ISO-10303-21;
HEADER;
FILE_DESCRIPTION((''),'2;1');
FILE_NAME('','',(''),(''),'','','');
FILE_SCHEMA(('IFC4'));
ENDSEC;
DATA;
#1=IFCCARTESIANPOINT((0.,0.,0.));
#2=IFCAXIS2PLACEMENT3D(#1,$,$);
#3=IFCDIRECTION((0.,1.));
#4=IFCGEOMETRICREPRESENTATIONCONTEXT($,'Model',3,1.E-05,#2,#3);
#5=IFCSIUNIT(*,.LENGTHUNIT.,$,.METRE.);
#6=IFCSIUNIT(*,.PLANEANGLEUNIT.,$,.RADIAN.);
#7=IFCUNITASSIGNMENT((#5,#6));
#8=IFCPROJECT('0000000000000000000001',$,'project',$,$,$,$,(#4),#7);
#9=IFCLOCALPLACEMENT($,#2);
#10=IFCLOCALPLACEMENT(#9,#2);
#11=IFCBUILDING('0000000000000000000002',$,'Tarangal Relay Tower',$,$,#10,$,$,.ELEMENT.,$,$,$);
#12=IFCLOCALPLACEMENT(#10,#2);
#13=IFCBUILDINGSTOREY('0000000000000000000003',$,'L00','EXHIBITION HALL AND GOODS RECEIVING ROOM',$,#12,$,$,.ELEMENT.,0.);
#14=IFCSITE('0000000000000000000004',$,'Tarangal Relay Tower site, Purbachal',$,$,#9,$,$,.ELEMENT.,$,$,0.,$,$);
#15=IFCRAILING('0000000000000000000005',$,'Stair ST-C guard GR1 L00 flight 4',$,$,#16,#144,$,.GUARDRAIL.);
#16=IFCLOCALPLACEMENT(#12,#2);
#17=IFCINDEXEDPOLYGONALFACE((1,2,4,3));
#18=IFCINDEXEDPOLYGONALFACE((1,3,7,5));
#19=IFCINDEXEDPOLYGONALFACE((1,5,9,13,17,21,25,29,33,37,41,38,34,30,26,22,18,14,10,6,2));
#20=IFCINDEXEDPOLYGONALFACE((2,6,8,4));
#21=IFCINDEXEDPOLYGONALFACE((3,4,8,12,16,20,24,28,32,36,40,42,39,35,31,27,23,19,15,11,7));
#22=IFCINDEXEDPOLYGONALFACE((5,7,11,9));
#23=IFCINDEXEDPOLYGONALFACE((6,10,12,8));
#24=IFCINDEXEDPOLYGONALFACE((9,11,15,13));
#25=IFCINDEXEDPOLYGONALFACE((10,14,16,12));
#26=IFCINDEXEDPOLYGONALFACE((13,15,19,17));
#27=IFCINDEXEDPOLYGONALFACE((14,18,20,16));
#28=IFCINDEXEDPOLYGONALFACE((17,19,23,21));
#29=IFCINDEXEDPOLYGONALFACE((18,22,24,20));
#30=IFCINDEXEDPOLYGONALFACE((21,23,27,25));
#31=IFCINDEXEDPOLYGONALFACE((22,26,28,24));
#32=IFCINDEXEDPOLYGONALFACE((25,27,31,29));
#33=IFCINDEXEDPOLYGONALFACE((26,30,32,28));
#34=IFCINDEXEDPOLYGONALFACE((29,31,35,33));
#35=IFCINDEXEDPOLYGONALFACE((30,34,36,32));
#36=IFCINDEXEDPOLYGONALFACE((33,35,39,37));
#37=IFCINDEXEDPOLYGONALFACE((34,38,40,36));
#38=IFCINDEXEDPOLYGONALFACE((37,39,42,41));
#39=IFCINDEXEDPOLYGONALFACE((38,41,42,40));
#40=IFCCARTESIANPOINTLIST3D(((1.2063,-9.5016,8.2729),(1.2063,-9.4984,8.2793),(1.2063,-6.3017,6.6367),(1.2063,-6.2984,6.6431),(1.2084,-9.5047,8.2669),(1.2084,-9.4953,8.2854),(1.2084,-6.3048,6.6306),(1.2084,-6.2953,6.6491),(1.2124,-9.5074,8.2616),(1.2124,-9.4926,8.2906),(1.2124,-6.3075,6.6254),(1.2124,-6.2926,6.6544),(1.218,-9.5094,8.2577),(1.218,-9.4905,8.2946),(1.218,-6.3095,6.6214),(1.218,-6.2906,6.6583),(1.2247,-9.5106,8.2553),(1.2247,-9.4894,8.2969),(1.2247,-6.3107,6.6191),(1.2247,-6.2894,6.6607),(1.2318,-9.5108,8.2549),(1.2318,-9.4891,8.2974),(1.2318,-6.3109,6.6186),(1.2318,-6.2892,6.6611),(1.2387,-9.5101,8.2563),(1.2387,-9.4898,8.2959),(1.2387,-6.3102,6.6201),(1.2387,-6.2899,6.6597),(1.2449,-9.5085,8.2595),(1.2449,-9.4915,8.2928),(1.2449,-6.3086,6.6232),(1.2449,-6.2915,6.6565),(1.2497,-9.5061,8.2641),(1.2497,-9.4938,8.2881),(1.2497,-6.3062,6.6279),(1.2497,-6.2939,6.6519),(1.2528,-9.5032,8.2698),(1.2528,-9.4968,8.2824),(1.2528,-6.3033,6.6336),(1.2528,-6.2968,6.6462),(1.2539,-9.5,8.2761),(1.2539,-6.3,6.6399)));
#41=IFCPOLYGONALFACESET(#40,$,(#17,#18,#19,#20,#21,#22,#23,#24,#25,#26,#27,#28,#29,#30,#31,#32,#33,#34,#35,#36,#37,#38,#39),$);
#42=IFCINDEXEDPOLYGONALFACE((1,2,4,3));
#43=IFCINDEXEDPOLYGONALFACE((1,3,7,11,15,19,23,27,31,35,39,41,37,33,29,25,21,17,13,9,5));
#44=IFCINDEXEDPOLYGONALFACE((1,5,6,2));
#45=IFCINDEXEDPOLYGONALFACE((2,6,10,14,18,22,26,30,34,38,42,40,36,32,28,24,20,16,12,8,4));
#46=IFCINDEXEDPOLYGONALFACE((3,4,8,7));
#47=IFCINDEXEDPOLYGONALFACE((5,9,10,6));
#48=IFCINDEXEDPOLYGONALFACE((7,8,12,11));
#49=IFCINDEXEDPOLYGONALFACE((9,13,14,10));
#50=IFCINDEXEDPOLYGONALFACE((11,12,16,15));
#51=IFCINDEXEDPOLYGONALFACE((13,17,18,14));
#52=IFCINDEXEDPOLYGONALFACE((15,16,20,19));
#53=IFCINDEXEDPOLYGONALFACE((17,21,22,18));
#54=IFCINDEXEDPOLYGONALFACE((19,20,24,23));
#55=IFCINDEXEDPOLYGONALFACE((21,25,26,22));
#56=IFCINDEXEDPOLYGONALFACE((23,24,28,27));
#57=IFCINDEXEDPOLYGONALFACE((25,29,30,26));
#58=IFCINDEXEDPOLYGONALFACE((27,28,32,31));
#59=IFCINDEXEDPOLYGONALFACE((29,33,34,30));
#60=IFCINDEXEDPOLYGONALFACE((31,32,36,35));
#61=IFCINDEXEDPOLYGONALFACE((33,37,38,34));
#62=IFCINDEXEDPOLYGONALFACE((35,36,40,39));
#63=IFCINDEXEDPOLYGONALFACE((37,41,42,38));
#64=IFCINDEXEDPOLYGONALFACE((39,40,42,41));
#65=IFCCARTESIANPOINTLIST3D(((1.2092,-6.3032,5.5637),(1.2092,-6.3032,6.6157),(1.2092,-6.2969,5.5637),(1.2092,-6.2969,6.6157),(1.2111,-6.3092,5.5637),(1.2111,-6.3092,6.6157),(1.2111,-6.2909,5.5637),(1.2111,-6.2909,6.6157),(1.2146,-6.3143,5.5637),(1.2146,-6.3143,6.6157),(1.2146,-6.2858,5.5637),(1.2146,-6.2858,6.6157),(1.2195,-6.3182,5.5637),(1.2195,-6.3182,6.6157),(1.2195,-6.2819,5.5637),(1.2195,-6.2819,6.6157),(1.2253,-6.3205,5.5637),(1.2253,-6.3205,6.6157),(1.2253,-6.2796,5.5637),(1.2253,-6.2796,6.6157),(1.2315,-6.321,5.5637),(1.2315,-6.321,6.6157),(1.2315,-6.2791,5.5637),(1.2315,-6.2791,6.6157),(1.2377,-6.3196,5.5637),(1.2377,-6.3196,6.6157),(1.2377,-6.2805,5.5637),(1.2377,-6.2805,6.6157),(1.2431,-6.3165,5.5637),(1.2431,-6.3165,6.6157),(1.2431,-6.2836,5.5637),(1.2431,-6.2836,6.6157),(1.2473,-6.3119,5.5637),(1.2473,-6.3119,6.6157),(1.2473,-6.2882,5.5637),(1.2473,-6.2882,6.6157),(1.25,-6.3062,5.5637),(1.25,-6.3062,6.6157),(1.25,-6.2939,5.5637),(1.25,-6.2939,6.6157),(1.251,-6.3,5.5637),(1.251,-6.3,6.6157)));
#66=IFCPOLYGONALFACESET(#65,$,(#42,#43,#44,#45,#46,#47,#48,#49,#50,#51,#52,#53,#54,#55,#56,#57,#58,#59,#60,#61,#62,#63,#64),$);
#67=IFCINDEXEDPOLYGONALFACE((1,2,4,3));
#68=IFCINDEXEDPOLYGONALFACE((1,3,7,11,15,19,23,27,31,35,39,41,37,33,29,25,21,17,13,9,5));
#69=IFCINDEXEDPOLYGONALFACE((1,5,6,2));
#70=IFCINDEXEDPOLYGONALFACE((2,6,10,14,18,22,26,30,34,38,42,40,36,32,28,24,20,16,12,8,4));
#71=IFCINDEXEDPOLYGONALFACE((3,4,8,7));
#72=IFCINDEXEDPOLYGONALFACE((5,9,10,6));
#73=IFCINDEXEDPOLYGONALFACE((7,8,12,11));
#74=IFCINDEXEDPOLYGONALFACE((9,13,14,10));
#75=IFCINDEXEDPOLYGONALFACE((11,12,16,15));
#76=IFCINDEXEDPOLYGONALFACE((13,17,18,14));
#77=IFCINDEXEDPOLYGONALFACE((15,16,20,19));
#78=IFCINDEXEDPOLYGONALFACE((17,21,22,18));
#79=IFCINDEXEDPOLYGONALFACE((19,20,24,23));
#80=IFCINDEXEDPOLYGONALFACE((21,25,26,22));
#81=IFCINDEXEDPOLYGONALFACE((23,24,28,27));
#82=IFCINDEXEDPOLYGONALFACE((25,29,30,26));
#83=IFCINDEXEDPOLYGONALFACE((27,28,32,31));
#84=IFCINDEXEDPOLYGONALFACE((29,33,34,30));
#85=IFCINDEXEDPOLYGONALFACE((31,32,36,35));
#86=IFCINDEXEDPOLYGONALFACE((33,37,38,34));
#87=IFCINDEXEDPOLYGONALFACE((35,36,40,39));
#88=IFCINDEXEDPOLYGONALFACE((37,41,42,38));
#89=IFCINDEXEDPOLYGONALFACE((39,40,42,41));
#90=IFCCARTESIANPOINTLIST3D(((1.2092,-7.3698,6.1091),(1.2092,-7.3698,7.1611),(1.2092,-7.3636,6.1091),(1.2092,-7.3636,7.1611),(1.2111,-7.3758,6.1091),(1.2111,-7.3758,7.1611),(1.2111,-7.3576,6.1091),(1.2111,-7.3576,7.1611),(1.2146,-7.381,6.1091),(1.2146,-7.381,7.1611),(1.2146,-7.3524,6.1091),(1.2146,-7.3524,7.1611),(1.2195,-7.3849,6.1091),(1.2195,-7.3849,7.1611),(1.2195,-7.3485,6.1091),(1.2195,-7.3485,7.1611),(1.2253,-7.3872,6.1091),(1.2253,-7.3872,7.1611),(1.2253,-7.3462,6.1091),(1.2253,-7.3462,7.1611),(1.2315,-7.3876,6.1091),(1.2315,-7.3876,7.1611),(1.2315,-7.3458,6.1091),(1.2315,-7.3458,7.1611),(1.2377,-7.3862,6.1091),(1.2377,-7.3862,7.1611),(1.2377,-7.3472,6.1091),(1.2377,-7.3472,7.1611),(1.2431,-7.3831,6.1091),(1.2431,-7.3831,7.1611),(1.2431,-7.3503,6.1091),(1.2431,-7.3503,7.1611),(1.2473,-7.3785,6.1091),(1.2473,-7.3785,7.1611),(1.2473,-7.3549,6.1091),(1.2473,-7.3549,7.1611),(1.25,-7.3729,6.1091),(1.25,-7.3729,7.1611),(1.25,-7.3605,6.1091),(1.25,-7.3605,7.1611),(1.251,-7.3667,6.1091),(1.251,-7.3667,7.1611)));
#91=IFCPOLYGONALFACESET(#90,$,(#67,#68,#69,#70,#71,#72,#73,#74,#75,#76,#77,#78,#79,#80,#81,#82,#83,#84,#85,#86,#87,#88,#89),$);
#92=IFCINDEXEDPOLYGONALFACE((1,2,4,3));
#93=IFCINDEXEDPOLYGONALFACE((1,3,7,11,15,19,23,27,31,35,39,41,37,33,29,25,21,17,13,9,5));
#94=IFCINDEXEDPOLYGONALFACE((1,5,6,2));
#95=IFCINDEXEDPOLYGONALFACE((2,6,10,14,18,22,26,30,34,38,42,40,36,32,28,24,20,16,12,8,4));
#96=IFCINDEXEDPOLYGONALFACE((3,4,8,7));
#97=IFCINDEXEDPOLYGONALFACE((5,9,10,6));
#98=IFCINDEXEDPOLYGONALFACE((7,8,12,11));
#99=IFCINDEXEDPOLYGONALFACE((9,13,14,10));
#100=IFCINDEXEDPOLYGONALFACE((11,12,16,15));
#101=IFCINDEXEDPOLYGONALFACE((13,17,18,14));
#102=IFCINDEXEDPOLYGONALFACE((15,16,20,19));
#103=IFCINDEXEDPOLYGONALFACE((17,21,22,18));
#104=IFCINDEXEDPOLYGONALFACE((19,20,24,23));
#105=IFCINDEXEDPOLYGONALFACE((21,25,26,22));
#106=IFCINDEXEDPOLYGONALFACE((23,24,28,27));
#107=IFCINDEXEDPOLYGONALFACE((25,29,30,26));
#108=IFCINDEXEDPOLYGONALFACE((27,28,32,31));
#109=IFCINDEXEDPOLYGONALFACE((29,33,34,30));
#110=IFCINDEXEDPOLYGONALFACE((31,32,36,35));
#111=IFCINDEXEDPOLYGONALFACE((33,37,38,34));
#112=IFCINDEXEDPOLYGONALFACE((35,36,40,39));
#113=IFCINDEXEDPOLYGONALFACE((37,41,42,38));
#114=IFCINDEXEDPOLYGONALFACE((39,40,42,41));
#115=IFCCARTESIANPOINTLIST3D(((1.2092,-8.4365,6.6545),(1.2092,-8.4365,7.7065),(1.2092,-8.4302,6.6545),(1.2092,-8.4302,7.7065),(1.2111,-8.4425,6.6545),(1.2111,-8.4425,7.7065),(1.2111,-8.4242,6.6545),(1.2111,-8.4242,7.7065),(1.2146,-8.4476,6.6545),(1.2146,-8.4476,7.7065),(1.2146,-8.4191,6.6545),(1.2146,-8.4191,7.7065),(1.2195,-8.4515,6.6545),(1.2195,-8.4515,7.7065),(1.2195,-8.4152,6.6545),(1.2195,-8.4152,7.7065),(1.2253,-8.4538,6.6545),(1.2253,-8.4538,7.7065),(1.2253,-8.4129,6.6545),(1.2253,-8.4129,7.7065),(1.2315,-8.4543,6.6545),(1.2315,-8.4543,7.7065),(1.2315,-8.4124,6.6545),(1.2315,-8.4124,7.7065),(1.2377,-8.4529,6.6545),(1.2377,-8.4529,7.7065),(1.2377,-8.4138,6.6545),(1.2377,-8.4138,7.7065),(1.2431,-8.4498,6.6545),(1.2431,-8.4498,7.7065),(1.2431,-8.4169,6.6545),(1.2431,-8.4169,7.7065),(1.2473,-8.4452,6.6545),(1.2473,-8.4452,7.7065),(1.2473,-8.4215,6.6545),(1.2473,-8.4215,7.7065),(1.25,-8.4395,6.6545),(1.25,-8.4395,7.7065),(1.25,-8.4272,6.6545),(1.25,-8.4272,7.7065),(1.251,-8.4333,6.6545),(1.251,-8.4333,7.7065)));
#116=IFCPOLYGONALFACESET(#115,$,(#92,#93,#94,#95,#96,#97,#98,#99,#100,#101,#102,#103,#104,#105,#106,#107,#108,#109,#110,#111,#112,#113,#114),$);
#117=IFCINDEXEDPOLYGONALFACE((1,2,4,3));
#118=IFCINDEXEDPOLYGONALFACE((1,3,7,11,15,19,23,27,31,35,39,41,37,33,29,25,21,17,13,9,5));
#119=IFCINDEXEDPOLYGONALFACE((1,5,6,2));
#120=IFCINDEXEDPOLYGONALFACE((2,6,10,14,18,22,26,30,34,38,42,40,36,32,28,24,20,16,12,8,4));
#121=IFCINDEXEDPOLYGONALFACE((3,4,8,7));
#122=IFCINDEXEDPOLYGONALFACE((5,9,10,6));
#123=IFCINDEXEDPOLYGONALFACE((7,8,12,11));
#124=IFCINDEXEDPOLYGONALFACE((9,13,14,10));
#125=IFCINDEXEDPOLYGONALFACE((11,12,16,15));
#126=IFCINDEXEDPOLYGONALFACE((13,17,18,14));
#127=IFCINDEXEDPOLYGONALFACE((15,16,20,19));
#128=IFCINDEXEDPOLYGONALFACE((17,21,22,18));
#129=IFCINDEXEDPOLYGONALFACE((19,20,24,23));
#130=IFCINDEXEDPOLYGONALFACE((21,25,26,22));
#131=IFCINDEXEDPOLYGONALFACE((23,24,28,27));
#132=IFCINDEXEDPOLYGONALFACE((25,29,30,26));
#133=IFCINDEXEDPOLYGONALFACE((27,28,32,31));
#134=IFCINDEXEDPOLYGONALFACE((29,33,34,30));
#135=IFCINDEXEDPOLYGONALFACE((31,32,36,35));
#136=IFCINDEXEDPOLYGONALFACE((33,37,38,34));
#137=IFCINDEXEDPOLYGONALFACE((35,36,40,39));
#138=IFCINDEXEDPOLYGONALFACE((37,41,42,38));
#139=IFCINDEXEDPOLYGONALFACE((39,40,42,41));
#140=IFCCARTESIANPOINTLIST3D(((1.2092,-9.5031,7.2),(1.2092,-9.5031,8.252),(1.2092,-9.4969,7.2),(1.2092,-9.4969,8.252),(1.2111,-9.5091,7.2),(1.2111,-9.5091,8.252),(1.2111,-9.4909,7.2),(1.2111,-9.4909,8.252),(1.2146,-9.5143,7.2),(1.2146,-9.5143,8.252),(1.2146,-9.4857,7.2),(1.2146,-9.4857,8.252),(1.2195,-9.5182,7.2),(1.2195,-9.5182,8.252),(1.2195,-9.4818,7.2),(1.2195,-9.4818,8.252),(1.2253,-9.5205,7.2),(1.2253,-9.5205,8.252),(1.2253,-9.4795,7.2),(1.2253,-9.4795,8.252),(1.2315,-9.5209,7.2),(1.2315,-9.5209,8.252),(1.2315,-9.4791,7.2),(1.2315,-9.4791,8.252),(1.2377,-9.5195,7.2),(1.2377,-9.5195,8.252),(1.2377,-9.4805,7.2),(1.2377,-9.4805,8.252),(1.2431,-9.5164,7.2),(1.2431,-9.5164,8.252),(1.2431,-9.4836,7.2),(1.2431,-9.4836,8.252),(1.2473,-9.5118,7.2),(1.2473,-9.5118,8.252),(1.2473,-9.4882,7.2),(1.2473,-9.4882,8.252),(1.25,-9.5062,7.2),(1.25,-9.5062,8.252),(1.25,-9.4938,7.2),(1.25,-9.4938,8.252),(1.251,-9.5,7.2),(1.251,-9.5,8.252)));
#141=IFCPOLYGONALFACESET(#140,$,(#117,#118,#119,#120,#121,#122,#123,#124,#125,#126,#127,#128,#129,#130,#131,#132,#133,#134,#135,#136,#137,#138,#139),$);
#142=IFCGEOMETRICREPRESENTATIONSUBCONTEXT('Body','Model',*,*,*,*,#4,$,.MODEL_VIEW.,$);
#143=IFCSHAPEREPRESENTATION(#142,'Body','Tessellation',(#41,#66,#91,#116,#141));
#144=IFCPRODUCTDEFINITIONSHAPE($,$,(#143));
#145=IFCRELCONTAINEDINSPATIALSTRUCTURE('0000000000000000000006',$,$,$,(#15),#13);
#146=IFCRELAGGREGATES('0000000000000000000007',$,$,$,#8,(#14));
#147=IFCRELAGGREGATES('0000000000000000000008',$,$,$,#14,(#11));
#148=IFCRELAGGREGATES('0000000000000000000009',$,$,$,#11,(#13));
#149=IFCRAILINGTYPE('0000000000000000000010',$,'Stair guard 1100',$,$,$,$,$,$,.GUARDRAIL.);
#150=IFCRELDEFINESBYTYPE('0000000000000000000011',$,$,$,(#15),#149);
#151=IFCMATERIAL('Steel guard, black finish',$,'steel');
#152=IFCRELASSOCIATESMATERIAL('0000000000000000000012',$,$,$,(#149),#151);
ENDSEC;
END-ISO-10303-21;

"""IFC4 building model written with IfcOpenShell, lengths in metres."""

from ifc_helpers import new_model, si_unit, direction, frame, origin, origin_2d, place, context, subcontext, project, spatial, circle, extrude, material, type_object, element, save


model = new_model("IFC4")

# Units and contexts
model_context = context("Model", 3, precision=1e-05, world=origin(), true_north=direction((0.0, 1.0)))
body_context = subcontext(model_context, "Body", "Model", "MODEL_VIEW")
ifc_project = project(units=[si_unit("LENGTHUNIT", "METRE"), si_unit("PLANEANGLEUNIT", "RADIAN")], contexts=[model_context])

# Site, building, storey
site_placement = place(None, origin())
site = spatial("IfcSite", under=ifc_project, at=site_placement, Name="Tarangal Relay Tower site, Purbachal", CompositionType="ELEMENT", RefElevation=0.0)
building_placement = place(site_placement, origin())
building = spatial("IfcBuilding", under=site, at=building_placement, Name="Tarangal Relay Tower", CompositionType="ELEMENT")
storey_placement = place(building_placement, origin())
storey = spatial("IfcBuildingStorey", under=building, at=storey_placement, Name="L00", Description="EXHIBITION HALL AND GOODS RECEIVING ROOM", CompositionType="ELEMENT", Elevation=0.0)

# Railing
ifc_material_1 = material(Name="Steel guard, black finish", Category="steel")
railing_type = type_object("IfcRailingType", Name="Stair guard 1100", PredefinedType="GUARDRAIL", material=ifc_material_1)
railing_1_placement = place(storey_placement, frame((1.23, -6.3, 5.5637)))
element("IfcRailing", 1, at=railing_1_placement, inside=storey, type_object=railing_type, Name="Stair ST-C guard GR1 L00 flight 4", PredefinedType="GUARDRAIL", context=body_context, shape_type="SweptSolid", body=[
    extrude(circle(Radius=0.0239, at=origin_2d()), frame((0.0, 0.0, 1.0762), z_axis=(0.0, -0.890356, 0.455265), x_axis=(1.0, 0.0, 0.0)), (0.0, 0.0, 1.0), 3.594),
    extrude(circle(Radius=0.021, at=origin_2d()), origin(), (0.0, 0.0, 1.0), 1.052),
    extrude(circle(Radius=0.021, at=origin_2d()), frame((0.0, -1.0667, 0.5454)), (0.0, 0.0, 1.0), 1.052),
    extrude(circle(Radius=0.021, at=origin_2d()), frame((0.0, -2.1333, 1.0908)), (0.0, 0.0, 1.0), 1.052),
    extrude(circle(Radius=0.021, at=origin_2d()), frame((0.0, -3.2, 1.6362)), (0.0, 0.0, 1.0), 1.052),
])

save(model, "model.ifc")
